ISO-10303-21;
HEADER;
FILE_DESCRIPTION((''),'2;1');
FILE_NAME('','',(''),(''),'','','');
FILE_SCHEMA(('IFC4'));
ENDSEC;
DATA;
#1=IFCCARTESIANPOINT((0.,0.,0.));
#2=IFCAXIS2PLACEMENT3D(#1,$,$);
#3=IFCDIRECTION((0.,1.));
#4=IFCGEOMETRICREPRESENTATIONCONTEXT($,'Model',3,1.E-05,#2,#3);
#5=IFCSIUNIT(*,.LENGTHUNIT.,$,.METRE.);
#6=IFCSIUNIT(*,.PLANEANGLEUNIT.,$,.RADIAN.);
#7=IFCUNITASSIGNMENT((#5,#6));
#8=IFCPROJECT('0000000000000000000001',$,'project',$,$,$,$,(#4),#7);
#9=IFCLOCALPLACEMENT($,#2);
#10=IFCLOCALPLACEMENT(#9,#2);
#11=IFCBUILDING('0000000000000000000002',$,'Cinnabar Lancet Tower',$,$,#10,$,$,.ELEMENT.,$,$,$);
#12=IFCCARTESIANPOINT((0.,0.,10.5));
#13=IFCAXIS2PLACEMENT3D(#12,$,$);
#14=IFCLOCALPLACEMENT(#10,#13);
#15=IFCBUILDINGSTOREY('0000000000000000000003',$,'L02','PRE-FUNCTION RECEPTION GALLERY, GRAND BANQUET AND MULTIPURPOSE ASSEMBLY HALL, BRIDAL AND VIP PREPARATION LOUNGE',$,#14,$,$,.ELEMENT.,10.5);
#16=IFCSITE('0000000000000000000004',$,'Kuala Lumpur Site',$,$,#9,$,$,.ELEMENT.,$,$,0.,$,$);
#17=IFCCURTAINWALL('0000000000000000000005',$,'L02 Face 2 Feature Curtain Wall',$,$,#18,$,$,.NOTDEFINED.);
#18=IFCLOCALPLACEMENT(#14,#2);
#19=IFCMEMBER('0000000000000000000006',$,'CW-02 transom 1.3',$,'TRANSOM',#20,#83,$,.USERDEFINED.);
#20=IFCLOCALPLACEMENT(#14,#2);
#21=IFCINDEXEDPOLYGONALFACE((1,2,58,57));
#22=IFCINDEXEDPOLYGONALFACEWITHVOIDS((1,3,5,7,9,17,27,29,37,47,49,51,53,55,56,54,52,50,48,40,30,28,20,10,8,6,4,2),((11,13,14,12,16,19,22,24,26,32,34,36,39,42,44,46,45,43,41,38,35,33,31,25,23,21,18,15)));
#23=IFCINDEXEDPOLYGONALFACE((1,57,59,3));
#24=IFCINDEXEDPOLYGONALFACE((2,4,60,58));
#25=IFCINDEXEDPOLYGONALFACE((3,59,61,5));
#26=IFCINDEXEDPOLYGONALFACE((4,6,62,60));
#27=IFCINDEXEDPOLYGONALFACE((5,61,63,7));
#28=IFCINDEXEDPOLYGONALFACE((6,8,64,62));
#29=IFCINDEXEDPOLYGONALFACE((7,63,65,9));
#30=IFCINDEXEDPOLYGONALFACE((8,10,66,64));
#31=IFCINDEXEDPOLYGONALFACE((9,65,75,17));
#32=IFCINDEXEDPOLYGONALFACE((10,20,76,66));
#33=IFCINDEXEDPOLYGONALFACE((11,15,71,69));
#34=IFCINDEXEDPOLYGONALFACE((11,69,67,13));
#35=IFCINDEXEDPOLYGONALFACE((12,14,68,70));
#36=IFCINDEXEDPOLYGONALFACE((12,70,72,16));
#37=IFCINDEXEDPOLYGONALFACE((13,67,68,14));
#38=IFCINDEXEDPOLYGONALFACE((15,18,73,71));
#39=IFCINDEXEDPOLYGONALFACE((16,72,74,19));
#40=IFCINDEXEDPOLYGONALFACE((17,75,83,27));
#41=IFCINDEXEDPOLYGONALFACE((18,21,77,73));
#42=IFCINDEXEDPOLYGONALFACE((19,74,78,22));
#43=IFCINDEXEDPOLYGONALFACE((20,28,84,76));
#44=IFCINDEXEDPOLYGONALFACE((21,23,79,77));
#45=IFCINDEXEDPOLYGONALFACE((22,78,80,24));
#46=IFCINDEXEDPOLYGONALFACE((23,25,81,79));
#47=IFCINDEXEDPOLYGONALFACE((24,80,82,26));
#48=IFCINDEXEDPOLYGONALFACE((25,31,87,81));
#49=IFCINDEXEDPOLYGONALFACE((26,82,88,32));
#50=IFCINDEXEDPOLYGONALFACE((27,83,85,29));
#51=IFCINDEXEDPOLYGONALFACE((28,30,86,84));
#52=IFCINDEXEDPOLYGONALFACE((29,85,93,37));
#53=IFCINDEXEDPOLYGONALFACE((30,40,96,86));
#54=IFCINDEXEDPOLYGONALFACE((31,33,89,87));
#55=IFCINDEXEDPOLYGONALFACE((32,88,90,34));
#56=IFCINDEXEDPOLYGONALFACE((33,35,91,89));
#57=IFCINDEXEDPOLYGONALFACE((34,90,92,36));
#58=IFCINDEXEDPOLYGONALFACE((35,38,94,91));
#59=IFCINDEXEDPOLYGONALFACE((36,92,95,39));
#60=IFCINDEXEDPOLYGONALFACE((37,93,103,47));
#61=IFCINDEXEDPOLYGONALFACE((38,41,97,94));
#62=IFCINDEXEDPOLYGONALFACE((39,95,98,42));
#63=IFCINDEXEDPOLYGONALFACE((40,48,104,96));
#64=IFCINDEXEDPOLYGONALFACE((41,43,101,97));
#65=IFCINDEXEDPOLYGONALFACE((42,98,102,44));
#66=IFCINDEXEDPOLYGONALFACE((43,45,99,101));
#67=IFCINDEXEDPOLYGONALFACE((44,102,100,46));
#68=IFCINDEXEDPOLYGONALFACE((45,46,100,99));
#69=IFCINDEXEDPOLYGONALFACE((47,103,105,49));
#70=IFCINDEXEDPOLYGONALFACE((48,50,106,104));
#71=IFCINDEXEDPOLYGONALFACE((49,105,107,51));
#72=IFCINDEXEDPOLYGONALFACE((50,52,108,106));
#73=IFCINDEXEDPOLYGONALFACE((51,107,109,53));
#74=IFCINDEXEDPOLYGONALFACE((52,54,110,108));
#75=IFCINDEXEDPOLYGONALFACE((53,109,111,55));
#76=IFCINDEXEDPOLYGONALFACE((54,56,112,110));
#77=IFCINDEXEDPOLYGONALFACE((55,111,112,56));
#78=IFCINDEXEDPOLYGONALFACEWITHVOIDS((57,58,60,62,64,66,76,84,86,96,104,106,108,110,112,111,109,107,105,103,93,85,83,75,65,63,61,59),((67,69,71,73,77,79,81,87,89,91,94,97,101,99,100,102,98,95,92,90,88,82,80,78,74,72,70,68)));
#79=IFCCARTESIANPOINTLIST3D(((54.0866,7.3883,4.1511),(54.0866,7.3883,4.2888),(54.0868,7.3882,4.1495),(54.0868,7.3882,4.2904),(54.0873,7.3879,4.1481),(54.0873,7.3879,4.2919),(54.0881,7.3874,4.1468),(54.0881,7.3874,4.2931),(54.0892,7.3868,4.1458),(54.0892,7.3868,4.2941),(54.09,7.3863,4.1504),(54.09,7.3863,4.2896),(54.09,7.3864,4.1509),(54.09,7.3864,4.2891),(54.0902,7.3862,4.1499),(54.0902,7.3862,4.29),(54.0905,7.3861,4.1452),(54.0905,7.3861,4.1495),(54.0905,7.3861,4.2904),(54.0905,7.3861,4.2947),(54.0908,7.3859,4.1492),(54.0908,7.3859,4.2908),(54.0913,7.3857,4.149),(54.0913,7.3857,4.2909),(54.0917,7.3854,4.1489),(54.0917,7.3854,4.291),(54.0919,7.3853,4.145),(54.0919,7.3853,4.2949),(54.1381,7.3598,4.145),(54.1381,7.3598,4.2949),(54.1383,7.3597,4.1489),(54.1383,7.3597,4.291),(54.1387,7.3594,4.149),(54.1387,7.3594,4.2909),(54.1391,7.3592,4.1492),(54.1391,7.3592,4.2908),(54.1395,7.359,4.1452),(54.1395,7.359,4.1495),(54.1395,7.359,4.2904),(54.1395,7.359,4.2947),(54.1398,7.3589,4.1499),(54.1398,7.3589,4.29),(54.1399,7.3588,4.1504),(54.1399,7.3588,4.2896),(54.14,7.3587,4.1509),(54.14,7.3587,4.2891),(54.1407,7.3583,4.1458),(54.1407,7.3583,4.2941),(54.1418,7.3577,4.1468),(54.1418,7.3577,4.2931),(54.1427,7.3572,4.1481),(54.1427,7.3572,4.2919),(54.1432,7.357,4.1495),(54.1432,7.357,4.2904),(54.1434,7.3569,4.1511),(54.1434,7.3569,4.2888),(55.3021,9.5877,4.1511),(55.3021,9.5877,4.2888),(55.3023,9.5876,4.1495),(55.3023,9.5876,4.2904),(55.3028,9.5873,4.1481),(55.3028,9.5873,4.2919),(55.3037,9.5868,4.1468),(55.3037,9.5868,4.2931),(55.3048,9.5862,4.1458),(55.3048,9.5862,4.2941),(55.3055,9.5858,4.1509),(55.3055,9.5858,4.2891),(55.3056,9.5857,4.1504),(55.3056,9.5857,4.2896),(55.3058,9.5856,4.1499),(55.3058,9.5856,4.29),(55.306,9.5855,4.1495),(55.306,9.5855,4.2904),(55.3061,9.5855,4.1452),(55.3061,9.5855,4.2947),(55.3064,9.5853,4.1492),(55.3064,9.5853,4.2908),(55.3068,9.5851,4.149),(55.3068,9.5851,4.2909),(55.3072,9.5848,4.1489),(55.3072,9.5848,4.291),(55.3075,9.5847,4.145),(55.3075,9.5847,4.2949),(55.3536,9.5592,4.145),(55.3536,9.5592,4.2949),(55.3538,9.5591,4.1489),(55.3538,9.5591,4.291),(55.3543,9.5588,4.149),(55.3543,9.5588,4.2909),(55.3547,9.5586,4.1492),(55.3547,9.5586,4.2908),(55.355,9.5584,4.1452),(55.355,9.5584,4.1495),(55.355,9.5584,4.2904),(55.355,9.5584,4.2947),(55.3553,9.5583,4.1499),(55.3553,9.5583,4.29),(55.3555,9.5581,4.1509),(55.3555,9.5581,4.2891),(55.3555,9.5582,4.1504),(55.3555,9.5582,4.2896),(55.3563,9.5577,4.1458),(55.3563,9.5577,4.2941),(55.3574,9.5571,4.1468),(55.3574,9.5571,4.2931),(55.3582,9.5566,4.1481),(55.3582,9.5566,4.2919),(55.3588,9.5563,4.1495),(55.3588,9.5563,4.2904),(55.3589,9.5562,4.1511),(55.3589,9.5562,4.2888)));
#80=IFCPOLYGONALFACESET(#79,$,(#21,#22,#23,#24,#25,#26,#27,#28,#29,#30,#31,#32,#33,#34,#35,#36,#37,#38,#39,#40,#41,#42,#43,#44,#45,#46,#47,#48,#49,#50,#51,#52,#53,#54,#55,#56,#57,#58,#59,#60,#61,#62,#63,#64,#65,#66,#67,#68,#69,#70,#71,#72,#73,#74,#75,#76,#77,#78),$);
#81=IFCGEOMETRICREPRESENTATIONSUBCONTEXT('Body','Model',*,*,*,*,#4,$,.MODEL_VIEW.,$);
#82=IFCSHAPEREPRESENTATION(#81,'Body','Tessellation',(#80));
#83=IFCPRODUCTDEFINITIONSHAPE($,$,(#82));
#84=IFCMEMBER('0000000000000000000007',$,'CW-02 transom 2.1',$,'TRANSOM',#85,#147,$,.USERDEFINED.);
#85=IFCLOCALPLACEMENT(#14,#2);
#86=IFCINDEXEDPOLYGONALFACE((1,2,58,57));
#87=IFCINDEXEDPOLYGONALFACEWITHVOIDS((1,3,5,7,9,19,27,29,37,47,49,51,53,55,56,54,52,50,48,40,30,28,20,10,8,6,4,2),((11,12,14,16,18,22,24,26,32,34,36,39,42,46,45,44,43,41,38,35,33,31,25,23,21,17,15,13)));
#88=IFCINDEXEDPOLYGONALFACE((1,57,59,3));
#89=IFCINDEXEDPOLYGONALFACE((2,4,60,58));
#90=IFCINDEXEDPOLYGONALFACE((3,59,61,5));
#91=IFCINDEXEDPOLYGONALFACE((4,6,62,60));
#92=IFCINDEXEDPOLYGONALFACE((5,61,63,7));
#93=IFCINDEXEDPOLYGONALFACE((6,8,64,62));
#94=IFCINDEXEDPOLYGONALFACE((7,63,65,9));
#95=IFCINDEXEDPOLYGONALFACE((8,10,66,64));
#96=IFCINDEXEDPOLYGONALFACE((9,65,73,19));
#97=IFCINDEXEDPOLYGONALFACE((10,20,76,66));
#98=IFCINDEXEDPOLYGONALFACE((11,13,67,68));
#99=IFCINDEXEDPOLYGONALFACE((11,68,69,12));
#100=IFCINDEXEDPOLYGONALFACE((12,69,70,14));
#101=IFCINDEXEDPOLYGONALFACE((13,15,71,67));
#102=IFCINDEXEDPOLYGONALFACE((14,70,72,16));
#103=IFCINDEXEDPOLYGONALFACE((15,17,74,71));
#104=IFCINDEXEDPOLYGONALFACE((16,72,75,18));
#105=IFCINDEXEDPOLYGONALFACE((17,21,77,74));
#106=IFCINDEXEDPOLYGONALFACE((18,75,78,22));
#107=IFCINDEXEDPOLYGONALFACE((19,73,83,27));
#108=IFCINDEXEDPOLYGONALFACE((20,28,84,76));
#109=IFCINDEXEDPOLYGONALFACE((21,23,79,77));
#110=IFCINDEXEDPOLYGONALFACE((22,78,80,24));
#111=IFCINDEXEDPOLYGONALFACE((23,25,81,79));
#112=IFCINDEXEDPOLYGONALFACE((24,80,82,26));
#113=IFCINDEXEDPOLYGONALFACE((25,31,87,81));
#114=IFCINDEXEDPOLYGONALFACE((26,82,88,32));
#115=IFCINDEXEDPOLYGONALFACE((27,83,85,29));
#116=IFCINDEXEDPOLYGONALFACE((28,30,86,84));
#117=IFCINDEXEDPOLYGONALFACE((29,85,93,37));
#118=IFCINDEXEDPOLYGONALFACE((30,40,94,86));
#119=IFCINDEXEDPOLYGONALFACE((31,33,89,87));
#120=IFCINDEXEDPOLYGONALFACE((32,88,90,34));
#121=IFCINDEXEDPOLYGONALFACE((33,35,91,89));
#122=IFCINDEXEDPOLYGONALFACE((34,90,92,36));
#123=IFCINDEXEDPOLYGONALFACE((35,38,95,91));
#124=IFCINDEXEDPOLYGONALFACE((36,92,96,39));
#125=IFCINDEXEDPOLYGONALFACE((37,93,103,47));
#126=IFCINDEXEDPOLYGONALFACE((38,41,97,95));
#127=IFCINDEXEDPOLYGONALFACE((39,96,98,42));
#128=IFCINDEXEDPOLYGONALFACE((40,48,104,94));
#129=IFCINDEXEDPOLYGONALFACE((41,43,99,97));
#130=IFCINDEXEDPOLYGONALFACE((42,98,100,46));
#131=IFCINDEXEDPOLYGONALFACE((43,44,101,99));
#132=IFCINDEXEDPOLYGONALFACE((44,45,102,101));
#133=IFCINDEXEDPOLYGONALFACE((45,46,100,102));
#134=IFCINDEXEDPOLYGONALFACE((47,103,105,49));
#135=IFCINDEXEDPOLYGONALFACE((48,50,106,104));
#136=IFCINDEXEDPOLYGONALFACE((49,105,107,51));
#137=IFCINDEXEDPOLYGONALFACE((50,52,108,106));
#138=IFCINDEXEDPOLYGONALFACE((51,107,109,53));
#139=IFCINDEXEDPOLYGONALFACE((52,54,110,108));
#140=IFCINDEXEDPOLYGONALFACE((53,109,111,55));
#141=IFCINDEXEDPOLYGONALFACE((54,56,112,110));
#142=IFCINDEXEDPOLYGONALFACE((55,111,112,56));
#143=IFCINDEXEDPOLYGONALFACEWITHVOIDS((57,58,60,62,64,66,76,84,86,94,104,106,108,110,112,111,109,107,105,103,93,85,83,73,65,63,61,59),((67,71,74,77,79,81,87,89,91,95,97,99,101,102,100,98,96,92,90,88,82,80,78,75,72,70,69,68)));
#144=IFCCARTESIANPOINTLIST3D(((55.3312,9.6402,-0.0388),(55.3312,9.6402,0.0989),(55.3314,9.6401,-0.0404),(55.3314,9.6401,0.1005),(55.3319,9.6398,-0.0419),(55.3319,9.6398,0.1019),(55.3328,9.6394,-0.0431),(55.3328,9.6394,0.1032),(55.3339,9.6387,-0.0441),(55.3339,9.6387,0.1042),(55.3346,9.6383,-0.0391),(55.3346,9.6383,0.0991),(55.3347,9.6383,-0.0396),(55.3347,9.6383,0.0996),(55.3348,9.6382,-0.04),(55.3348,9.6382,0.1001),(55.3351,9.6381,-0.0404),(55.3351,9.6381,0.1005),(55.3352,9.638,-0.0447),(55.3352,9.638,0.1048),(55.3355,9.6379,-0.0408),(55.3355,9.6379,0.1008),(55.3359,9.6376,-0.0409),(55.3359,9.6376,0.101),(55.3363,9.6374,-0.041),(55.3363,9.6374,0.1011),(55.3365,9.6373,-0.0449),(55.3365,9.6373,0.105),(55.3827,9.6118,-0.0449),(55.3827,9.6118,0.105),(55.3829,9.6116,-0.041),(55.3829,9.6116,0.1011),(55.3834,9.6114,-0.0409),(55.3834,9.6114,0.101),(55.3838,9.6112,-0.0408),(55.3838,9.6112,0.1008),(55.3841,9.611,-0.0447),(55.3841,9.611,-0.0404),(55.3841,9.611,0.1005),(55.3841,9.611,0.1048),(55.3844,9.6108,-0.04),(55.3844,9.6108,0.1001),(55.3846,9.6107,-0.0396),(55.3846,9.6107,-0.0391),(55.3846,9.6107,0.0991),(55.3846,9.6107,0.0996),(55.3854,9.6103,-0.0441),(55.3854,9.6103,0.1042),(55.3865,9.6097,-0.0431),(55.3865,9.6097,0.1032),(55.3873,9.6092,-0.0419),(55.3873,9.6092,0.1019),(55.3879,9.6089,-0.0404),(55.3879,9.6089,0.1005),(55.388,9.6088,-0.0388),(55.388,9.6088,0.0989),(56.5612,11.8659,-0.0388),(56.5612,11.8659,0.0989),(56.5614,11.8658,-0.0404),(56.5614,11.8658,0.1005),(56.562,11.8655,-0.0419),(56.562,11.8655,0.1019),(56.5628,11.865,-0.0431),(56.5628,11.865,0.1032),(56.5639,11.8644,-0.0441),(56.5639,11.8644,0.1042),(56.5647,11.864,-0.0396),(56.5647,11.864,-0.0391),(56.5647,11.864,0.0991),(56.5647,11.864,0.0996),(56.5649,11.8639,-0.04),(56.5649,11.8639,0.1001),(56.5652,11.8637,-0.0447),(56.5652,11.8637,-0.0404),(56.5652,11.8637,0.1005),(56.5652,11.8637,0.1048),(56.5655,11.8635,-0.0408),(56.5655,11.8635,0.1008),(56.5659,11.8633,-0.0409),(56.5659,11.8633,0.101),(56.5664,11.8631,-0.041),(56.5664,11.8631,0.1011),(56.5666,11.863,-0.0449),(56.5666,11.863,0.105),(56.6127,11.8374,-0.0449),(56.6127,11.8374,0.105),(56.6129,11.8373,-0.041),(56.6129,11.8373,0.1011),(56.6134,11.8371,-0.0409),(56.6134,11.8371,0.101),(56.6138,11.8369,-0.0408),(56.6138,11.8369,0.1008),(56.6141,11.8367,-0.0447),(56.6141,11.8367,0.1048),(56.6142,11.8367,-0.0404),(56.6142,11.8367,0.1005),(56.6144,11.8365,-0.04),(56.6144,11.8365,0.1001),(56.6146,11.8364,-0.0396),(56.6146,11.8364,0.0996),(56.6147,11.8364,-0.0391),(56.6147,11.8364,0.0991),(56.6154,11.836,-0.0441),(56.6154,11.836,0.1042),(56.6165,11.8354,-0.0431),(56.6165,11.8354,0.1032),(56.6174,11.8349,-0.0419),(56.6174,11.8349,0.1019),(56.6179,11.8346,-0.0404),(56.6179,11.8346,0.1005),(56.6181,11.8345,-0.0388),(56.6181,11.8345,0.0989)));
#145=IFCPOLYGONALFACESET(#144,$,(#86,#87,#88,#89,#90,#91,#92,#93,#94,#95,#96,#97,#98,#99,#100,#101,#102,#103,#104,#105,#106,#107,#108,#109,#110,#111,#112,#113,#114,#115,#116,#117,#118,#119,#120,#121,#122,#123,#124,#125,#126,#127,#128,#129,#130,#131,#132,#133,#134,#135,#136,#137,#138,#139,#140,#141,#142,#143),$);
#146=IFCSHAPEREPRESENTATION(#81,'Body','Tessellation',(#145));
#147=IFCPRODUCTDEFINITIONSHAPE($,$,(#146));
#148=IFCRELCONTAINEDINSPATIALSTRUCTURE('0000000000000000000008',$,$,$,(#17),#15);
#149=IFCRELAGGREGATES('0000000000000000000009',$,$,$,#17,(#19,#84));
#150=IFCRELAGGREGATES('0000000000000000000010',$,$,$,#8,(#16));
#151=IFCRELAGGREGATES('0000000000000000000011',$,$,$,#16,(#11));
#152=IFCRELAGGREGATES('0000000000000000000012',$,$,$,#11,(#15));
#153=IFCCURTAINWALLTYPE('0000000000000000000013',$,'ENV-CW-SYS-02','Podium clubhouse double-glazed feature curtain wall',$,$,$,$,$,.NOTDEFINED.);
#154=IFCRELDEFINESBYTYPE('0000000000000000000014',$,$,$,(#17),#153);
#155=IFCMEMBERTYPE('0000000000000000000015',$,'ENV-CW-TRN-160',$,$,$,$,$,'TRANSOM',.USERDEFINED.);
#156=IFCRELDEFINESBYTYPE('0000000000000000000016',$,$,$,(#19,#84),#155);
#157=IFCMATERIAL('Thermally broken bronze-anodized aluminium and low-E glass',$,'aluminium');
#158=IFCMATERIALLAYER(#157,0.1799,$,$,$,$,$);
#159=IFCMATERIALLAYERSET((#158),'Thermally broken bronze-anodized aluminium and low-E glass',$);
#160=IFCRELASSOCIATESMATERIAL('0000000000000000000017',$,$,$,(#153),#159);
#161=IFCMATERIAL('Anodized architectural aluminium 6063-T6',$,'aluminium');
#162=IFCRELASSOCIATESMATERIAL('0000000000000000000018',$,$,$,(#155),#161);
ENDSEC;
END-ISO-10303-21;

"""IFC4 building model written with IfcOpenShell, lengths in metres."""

from ifc_helpers import new_model, si_unit, direction, frame, origin, origin_2d, place, context, subcontext, project, spatial, hollow_rectangle, extrude, material, layer, layer_set, material_profile, profile_set, type_object, element, aggregate, save


model = new_model("IFC4")

# Units and contexts
model_context = context("Model", 3, precision=1e-05, world=origin(), true_north=direction((0.0, 1.0)))
body_context = subcontext(model_context, "Body", "Model", "MODEL_VIEW")
ifc_project = project(units=[si_unit("LENGTHUNIT", "METRE"), si_unit("PLANEANGLEUNIT", "RADIAN")], contexts=[model_context])

# Site, building, storey
site_placement = place(None, origin())
site = spatial("IfcSite", under=ifc_project, at=site_placement, Name="Kuala Lumpur Site", CompositionType="ELEMENT", RefElevation=0.0)
building_placement = place(site_placement, origin())
building = spatial("IfcBuilding", under=site, at=building_placement, Name="Cinnabar Lancet Tower", CompositionType="ELEMENT")
storey_placement = place(building_placement, frame((0.0, 0.0, 10.5)))
storey = spatial("IfcBuildingStorey", under=building, at=storey_placement, Name="L02", Description="PRE-FUNCTION RECEPTION GALLERY, GRAND BANQUET AND MULTIPURPOSE ASSEMBLY HALL, BRIDAL AND VIP PREPARATION LOUNGE", CompositionType="ELEMENT", Elevation=10.5)

# Curtain wall, members
ifc_material_1 = material(Name="Thermally broken bronze-anodized aluminium and low-E glass", Category="aluminium")
ifc_layer_1 = layer(ifc_material_1, 0.1799)
ifc_layer_set_1 = layer_set([ifc_layer_1], Name="Thermally broken bronze-anodized aluminium and low-E glass")
curtain_wall_type = type_object("IfcCurtainWallType", Name="ENV-CW-SYS-02", Description="Podium clubhouse double-glazed feature curtain wall", PredefinedType="NOTDEFINED", material=ifc_layer_set_1)
curtain_wall_placement = place(storey_placement, origin())
curtain_wall = element("IfcCurtainWall", 1, at=curtain_wall_placement, inside=storey, type_object=curtain_wall_type, Name="L02 Face 2 Feature Curtain Wall", PredefinedType="NOTDEFINED")
ifc_material_2 = material(Name="Anodized architectural aluminium 6063-T6", Category="aluminium")
ifc_material_profile_1 = material_profile(ifc_material_2, hollow_rectangle(XDim=0.0649, YDim=0.1499, WallThickness=0.0039, InnerFilletRadius=0.002, OuterFilletRadius=0.0061, at=origin_2d()), Name="CW-TRN 150x65x4")
ifc_profile_set_1 = profile_set([ifc_material_profile_1], Name="Anodized architectural aluminium 6063-T6")
member_type_1 = type_object("IfcMemberType", Name="ENV-CW-TRN-160", ElementType="TRANSOM", PredefinedType="USERDEFINED", material=ifc_profile_set_1)
member_1_placement = place(storey_placement, frame((54.115, 7.3726, 4.22), z_axis=(0.483712, 0.875227, 0.0), x_axis=(-0.875227, 0.483712, 0.0)))
member_1 = element("IfcMember", 2, at=member_1_placement, type_object=member_type_1, Name="CW-02 transom 1.3", ObjectType="TRANSOM", PredefinedType="USERDEFINED", context=body_context, shape_type="SweptSolid", body=[
    extrude(hollow_rectangle(XDim=0.0649, YDim=0.1499, WallThickness=0.0039, InnerFilletRadius=0.002, OuterFilletRadius=0.0061, at=origin_2d()), origin(), (0.0, 0.0, 1.0), 2.5129),
])
member_2_placement = place(storey_placement, frame((55.3596, 9.6245, 0.03), z_axis=(0.483702, 0.875233, 0.0), x_axis=(-0.875233, 0.483702, 0.0)))
member_2 = element("IfcMember", 3, at=member_2_placement, type_object=member_type_1, Name="CW-02 transom 2.1", ObjectType="TRANSOM", PredefinedType="USERDEFINED", context=body_context, shape_type="SweptSolid", body=[
    extrude(hollow_rectangle(XDim=0.0649, YDim=0.1499, WallThickness=0.0039, InnerFilletRadius=0.002, OuterFilletRadius=0.0061, at=origin_2d()), origin(), (0.0, 0.0, 1.0), 2.543),
])

aggregate(curtain_wall, [member_1, member_2])

save(model, "model.ifc")
